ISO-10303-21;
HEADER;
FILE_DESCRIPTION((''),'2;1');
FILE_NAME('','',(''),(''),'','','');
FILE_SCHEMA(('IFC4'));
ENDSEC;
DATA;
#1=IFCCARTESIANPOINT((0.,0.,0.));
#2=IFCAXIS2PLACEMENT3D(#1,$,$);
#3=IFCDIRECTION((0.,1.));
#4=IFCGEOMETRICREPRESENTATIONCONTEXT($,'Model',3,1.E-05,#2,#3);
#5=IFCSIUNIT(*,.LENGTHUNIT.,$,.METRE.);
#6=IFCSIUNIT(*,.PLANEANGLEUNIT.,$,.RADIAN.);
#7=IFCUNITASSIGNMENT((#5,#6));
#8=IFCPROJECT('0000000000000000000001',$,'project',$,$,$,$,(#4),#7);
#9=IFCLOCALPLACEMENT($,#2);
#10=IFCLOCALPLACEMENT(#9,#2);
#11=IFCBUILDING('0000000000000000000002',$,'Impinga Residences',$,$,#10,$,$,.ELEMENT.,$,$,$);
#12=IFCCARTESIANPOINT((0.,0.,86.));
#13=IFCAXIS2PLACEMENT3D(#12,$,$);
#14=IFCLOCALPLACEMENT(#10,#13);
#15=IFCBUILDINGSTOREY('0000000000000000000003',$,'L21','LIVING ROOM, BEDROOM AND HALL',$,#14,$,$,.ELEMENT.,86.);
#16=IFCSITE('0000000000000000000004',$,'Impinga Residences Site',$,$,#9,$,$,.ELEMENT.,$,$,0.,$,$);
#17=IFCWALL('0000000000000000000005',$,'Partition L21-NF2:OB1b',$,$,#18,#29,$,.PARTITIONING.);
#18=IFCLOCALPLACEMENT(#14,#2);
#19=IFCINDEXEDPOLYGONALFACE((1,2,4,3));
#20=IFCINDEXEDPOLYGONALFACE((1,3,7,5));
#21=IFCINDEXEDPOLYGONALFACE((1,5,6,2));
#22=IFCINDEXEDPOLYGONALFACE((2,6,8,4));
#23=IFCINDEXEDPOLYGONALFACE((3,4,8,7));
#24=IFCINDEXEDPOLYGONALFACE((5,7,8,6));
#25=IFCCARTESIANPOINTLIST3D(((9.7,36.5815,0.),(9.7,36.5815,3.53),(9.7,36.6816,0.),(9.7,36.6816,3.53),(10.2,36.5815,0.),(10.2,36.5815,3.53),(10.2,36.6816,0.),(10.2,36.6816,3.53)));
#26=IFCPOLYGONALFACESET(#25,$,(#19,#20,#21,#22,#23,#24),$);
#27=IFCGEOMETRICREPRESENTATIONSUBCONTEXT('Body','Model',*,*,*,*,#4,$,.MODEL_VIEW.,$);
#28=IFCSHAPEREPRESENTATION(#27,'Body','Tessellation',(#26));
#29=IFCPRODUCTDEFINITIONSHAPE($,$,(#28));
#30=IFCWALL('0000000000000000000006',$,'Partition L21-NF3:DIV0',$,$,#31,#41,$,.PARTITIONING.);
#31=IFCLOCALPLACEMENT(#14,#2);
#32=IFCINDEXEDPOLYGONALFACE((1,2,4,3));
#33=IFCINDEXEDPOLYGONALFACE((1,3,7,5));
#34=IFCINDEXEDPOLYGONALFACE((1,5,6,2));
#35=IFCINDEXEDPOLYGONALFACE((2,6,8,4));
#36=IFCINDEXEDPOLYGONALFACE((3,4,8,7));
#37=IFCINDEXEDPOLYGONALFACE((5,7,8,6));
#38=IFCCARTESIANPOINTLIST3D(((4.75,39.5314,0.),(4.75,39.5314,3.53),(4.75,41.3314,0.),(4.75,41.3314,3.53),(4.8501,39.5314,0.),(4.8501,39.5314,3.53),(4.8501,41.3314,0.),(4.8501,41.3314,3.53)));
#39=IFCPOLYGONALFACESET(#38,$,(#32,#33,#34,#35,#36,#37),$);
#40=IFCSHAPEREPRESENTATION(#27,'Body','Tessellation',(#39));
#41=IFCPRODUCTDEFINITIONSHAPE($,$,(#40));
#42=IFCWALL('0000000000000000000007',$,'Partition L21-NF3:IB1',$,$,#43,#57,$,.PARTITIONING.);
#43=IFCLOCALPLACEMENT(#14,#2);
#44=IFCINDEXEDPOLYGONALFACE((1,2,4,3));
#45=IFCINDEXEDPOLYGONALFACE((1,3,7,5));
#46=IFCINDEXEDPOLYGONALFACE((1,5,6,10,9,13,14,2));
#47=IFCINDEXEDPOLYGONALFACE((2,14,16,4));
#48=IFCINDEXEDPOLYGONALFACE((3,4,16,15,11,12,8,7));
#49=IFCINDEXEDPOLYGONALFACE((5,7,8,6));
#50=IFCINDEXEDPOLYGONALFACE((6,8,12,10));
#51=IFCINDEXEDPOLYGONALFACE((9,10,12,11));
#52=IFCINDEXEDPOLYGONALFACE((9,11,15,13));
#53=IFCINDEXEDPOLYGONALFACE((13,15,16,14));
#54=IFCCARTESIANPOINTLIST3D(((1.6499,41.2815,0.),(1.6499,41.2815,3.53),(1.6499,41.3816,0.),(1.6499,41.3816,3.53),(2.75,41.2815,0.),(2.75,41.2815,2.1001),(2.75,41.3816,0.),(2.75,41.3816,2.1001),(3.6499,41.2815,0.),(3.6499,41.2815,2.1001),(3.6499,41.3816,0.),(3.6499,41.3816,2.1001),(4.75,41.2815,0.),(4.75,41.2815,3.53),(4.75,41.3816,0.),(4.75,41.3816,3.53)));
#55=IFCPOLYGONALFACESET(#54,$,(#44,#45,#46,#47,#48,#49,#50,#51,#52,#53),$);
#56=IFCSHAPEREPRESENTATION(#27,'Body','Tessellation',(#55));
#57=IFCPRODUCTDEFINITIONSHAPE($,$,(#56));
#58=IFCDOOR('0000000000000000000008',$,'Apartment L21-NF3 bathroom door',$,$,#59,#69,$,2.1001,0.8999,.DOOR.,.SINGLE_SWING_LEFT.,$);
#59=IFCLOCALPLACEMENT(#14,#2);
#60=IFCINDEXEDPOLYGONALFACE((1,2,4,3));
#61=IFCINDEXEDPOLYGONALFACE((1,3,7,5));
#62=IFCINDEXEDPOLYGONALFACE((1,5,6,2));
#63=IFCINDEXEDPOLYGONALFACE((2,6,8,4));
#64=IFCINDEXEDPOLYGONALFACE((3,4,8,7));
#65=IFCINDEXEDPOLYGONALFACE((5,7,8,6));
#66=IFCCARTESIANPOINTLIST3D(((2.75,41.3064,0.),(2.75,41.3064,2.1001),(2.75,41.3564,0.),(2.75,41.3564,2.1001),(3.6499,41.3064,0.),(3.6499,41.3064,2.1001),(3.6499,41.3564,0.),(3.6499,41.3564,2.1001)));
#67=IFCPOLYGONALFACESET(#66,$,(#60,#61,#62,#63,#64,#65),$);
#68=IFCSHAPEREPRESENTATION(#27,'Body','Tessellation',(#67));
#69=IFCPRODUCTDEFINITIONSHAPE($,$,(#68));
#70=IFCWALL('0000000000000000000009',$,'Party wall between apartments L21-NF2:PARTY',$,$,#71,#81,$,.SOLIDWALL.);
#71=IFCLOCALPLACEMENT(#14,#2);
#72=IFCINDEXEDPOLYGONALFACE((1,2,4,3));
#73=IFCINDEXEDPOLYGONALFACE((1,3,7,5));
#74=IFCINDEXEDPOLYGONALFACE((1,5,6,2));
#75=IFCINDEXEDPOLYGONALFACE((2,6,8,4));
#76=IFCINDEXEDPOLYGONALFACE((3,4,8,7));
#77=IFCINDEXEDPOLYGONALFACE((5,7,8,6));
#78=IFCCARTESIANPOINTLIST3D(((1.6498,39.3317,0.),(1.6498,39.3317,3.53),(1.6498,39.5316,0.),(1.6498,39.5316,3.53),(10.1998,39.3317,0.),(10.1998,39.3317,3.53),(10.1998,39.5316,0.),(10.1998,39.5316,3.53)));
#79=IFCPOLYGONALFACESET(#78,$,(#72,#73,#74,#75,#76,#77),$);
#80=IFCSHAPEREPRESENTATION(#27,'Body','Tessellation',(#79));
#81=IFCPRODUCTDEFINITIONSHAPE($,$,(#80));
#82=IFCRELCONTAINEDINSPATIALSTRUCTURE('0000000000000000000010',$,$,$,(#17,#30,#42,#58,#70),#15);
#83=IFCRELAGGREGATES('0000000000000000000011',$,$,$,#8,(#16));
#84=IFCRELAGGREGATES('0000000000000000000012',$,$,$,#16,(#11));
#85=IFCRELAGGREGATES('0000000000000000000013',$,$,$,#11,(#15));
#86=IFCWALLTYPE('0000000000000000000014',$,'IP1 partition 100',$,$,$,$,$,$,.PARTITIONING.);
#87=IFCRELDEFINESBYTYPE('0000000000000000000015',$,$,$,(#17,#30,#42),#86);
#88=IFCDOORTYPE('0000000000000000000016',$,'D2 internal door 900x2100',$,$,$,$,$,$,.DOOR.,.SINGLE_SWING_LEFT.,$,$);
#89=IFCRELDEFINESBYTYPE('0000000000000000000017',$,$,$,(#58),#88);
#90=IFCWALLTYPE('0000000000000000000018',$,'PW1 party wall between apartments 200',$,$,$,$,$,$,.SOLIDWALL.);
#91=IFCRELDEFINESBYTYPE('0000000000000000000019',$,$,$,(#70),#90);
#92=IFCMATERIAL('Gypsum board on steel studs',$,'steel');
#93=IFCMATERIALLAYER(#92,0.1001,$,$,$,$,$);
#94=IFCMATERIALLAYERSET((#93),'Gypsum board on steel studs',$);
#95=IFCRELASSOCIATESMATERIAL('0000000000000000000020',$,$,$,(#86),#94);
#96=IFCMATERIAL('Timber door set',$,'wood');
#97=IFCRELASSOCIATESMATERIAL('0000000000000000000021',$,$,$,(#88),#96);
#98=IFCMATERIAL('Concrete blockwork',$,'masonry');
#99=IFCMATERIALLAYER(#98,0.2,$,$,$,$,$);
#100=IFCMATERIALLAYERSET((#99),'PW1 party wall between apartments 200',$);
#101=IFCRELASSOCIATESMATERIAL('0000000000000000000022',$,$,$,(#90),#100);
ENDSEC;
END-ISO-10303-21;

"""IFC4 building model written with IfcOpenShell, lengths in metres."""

from ifc_helpers import new_model, si_unit, direction, frame, frame_2d, origin, place, context, subcontext, project, spatial, rectangle, extrude, material, layer, layer_set, type_object, element, fill, save


model = new_model("IFC4")

# Units and contexts
model_context = context("Model", 3, precision=1e-05, world=origin(), true_north=direction((0.0, 1.0)))
body_context = subcontext(model_context, "Body", "Model", "MODEL_VIEW")
ifc_project = project(units=[si_unit("LENGTHUNIT", "METRE"), si_unit("PLANEANGLEUNIT", "RADIAN")], contexts=[model_context])

# Site, building, storey
site_placement = place(None, origin())
site = spatial("IfcSite", under=ifc_project, at=site_placement, Name="Impinga Residences Site", CompositionType="ELEMENT", RefElevation=0.0)
building_placement = place(site_placement, origin())
building = spatial("IfcBuilding", under=site, at=building_placement, Name="Impinga Residences", CompositionType="ELEMENT")
storey_placement = place(building_placement, frame((0.0, 0.0, 86.0)))
storey = spatial("IfcBuildingStorey", under=building, at=storey_placement, Name="L21", Description="LIVING ROOM, BEDROOM AND HALL", CompositionType="ELEMENT", Elevation=86.0)

# Shared definitions
ifc_material_1 = material(Name="Gypsum board on steel studs", Category="steel")
ifc_layer_1 = layer(ifc_material_1, 0.1001)
ifc_layer_set_1 = layer_set([ifc_layer_1], Name="Gypsum board on steel studs")
wall_type_1 = type_object("IfcWallType", Name="IP1 partition 100", PredefinedType="PARTITIONING", material=ifc_layer_set_1)

# Shared definitions
ifc_material_2 = material(Name="Timber door set", Category="wood")
door_type = type_object("IfcDoorType", Name="D2 internal door 900x2100", OperationType="SINGLE_SWING_LEFT", PredefinedType="DOOR", material=ifc_material_2)

# Walls
wall_1_placement = place(storey_placement, frame((9.7, 36.6316, 0.0), z_axis=(0.0, 0.0, 1.0), x_axis=(1.0, 0.0, 0.0)))
element("IfcWall", 1, at=wall_1_placement, inside=storey, type_object=wall_type_1, Name="Partition L21-NF2:OB1b", PredefinedType="PARTITIONING", context=body_context, shape_type="SweptSolid", body=[
    extrude(rectangle(XDim=0.5, YDim=0.1001, at=frame_2d((0.25, 0.0))), origin(), (0.0, 0.0, 1.0), 3.53),
])
wall_2_placement = place(storey_placement, frame((4.8, 39.5315, 0.0), z_axis=(0.0, 0.0, 1.0), x_axis=(0.0, 1.0, 0.0)))
element("IfcWall", 2, at=wall_2_placement, inside=storey, type_object=wall_type_1, Name="Partition L21-NF3:DIV0", PredefinedType="PARTITIONING", context=body_context, shape_type="SweptSolid", body=[
    extrude(rectangle(XDim=1.8, YDim=0.1001, at=frame_2d((0.8999, 0.0))), origin(), (0.0, 0.0, 1.0), 3.53),
])

# Wall, opening, door
wall_3_placement = place(storey_placement, frame((1.6499, 41.3315, 0.0), z_axis=(0.0, 0.0, 1.0), x_axis=(1.0, 0.0, 0.0)))
wall_3 = element("IfcWall", 3, at=wall_3_placement, inside=storey, type_object=wall_type_1, Name="Partition L21-NF3:IB1", PredefinedType="PARTITIONING", context=body_context, shape_type="SweptSolid", body=[
    extrude(rectangle(XDim=3.1001, YDim=0.1001, at=frame_2d((1.55, 0.0))), origin(), (0.0, 0.0, 1.0), 3.53),
])
opening_1_placement = place(wall_3_placement, frame((1.1001, 0.0, 0.0)))
opening_1 = element("IfcOpeningElement", 4, at=opening_1_placement, cuts=wall_3, PredefinedType="OPENING", context=body_context, shape_type="SweptSolid", body=[
    extrude(rectangle(XDim=0.8999, YDim=2.1001, at=frame_2d((0.45, 1.05))), frame((0.0, 0.0601, 0.0), z_axis=(0.0, -1.0, 0.0), x_axis=(1.0, 0.0, 0.0)), (0.0, 0.0, 1.0), 0.1201),
])
door_1_placement = place(opening_1_placement, origin())
door_1 = element("IfcDoor", 5, at=door_1_placement, inside=storey, type_object=door_type, Name="Apartment L21-NF3 bathroom door", OperationType="SINGLE_SWING_LEFT", OverallHeight=2.1001, OverallWidth=0.8999, PredefinedType="DOOR", context=body_context, shape_type="SweptSolid", body=[
    extrude(rectangle(XDim=0.8999, YDim=2.1001, at=frame_2d((0.45, 1.05))), frame((0.0, 0.0249, 0.0), z_axis=(0.0, -1.0, 0.0), x_axis=(1.0, 0.0, 0.0)), (0.0, 0.0, 1.0), 0.05),
])
fill(opening_1, door_1)

# Wall
ifc_material_3 = material(Name="Concrete blockwork", Category="masonry")
ifc_layer_2 = layer(ifc_material_3, 0.2)
ifc_layer_set_2 = layer_set([ifc_layer_2], Name="PW1 party wall between apartments 200")
wall_type_2 = type_object("IfcWallType", Name="PW1 party wall between apartments 200", PredefinedType="SOLIDWALL", material=ifc_layer_set_2)
wall_4_placement = place(storey_placement, frame((1.6499, 39.4316, 0.0), z_axis=(0.0, 0.0, 1.0), x_axis=(1.0, 0.0, 0.0)))
element("IfcWall", 6, at=wall_4_placement, inside=storey, type_object=wall_type_2, Name="Party wall between apartments L21-NF2:PARTY", PredefinedType="SOLIDWALL", context=body_context, shape_type="SweptSolid", body=[
    extrude(rectangle(XDim=8.55, YDim=0.2, at=frame_2d((4.2749, 0.0))), origin(), (0.0, 0.0, 1.0), 3.53),
])

save(model, "model.ifc")
